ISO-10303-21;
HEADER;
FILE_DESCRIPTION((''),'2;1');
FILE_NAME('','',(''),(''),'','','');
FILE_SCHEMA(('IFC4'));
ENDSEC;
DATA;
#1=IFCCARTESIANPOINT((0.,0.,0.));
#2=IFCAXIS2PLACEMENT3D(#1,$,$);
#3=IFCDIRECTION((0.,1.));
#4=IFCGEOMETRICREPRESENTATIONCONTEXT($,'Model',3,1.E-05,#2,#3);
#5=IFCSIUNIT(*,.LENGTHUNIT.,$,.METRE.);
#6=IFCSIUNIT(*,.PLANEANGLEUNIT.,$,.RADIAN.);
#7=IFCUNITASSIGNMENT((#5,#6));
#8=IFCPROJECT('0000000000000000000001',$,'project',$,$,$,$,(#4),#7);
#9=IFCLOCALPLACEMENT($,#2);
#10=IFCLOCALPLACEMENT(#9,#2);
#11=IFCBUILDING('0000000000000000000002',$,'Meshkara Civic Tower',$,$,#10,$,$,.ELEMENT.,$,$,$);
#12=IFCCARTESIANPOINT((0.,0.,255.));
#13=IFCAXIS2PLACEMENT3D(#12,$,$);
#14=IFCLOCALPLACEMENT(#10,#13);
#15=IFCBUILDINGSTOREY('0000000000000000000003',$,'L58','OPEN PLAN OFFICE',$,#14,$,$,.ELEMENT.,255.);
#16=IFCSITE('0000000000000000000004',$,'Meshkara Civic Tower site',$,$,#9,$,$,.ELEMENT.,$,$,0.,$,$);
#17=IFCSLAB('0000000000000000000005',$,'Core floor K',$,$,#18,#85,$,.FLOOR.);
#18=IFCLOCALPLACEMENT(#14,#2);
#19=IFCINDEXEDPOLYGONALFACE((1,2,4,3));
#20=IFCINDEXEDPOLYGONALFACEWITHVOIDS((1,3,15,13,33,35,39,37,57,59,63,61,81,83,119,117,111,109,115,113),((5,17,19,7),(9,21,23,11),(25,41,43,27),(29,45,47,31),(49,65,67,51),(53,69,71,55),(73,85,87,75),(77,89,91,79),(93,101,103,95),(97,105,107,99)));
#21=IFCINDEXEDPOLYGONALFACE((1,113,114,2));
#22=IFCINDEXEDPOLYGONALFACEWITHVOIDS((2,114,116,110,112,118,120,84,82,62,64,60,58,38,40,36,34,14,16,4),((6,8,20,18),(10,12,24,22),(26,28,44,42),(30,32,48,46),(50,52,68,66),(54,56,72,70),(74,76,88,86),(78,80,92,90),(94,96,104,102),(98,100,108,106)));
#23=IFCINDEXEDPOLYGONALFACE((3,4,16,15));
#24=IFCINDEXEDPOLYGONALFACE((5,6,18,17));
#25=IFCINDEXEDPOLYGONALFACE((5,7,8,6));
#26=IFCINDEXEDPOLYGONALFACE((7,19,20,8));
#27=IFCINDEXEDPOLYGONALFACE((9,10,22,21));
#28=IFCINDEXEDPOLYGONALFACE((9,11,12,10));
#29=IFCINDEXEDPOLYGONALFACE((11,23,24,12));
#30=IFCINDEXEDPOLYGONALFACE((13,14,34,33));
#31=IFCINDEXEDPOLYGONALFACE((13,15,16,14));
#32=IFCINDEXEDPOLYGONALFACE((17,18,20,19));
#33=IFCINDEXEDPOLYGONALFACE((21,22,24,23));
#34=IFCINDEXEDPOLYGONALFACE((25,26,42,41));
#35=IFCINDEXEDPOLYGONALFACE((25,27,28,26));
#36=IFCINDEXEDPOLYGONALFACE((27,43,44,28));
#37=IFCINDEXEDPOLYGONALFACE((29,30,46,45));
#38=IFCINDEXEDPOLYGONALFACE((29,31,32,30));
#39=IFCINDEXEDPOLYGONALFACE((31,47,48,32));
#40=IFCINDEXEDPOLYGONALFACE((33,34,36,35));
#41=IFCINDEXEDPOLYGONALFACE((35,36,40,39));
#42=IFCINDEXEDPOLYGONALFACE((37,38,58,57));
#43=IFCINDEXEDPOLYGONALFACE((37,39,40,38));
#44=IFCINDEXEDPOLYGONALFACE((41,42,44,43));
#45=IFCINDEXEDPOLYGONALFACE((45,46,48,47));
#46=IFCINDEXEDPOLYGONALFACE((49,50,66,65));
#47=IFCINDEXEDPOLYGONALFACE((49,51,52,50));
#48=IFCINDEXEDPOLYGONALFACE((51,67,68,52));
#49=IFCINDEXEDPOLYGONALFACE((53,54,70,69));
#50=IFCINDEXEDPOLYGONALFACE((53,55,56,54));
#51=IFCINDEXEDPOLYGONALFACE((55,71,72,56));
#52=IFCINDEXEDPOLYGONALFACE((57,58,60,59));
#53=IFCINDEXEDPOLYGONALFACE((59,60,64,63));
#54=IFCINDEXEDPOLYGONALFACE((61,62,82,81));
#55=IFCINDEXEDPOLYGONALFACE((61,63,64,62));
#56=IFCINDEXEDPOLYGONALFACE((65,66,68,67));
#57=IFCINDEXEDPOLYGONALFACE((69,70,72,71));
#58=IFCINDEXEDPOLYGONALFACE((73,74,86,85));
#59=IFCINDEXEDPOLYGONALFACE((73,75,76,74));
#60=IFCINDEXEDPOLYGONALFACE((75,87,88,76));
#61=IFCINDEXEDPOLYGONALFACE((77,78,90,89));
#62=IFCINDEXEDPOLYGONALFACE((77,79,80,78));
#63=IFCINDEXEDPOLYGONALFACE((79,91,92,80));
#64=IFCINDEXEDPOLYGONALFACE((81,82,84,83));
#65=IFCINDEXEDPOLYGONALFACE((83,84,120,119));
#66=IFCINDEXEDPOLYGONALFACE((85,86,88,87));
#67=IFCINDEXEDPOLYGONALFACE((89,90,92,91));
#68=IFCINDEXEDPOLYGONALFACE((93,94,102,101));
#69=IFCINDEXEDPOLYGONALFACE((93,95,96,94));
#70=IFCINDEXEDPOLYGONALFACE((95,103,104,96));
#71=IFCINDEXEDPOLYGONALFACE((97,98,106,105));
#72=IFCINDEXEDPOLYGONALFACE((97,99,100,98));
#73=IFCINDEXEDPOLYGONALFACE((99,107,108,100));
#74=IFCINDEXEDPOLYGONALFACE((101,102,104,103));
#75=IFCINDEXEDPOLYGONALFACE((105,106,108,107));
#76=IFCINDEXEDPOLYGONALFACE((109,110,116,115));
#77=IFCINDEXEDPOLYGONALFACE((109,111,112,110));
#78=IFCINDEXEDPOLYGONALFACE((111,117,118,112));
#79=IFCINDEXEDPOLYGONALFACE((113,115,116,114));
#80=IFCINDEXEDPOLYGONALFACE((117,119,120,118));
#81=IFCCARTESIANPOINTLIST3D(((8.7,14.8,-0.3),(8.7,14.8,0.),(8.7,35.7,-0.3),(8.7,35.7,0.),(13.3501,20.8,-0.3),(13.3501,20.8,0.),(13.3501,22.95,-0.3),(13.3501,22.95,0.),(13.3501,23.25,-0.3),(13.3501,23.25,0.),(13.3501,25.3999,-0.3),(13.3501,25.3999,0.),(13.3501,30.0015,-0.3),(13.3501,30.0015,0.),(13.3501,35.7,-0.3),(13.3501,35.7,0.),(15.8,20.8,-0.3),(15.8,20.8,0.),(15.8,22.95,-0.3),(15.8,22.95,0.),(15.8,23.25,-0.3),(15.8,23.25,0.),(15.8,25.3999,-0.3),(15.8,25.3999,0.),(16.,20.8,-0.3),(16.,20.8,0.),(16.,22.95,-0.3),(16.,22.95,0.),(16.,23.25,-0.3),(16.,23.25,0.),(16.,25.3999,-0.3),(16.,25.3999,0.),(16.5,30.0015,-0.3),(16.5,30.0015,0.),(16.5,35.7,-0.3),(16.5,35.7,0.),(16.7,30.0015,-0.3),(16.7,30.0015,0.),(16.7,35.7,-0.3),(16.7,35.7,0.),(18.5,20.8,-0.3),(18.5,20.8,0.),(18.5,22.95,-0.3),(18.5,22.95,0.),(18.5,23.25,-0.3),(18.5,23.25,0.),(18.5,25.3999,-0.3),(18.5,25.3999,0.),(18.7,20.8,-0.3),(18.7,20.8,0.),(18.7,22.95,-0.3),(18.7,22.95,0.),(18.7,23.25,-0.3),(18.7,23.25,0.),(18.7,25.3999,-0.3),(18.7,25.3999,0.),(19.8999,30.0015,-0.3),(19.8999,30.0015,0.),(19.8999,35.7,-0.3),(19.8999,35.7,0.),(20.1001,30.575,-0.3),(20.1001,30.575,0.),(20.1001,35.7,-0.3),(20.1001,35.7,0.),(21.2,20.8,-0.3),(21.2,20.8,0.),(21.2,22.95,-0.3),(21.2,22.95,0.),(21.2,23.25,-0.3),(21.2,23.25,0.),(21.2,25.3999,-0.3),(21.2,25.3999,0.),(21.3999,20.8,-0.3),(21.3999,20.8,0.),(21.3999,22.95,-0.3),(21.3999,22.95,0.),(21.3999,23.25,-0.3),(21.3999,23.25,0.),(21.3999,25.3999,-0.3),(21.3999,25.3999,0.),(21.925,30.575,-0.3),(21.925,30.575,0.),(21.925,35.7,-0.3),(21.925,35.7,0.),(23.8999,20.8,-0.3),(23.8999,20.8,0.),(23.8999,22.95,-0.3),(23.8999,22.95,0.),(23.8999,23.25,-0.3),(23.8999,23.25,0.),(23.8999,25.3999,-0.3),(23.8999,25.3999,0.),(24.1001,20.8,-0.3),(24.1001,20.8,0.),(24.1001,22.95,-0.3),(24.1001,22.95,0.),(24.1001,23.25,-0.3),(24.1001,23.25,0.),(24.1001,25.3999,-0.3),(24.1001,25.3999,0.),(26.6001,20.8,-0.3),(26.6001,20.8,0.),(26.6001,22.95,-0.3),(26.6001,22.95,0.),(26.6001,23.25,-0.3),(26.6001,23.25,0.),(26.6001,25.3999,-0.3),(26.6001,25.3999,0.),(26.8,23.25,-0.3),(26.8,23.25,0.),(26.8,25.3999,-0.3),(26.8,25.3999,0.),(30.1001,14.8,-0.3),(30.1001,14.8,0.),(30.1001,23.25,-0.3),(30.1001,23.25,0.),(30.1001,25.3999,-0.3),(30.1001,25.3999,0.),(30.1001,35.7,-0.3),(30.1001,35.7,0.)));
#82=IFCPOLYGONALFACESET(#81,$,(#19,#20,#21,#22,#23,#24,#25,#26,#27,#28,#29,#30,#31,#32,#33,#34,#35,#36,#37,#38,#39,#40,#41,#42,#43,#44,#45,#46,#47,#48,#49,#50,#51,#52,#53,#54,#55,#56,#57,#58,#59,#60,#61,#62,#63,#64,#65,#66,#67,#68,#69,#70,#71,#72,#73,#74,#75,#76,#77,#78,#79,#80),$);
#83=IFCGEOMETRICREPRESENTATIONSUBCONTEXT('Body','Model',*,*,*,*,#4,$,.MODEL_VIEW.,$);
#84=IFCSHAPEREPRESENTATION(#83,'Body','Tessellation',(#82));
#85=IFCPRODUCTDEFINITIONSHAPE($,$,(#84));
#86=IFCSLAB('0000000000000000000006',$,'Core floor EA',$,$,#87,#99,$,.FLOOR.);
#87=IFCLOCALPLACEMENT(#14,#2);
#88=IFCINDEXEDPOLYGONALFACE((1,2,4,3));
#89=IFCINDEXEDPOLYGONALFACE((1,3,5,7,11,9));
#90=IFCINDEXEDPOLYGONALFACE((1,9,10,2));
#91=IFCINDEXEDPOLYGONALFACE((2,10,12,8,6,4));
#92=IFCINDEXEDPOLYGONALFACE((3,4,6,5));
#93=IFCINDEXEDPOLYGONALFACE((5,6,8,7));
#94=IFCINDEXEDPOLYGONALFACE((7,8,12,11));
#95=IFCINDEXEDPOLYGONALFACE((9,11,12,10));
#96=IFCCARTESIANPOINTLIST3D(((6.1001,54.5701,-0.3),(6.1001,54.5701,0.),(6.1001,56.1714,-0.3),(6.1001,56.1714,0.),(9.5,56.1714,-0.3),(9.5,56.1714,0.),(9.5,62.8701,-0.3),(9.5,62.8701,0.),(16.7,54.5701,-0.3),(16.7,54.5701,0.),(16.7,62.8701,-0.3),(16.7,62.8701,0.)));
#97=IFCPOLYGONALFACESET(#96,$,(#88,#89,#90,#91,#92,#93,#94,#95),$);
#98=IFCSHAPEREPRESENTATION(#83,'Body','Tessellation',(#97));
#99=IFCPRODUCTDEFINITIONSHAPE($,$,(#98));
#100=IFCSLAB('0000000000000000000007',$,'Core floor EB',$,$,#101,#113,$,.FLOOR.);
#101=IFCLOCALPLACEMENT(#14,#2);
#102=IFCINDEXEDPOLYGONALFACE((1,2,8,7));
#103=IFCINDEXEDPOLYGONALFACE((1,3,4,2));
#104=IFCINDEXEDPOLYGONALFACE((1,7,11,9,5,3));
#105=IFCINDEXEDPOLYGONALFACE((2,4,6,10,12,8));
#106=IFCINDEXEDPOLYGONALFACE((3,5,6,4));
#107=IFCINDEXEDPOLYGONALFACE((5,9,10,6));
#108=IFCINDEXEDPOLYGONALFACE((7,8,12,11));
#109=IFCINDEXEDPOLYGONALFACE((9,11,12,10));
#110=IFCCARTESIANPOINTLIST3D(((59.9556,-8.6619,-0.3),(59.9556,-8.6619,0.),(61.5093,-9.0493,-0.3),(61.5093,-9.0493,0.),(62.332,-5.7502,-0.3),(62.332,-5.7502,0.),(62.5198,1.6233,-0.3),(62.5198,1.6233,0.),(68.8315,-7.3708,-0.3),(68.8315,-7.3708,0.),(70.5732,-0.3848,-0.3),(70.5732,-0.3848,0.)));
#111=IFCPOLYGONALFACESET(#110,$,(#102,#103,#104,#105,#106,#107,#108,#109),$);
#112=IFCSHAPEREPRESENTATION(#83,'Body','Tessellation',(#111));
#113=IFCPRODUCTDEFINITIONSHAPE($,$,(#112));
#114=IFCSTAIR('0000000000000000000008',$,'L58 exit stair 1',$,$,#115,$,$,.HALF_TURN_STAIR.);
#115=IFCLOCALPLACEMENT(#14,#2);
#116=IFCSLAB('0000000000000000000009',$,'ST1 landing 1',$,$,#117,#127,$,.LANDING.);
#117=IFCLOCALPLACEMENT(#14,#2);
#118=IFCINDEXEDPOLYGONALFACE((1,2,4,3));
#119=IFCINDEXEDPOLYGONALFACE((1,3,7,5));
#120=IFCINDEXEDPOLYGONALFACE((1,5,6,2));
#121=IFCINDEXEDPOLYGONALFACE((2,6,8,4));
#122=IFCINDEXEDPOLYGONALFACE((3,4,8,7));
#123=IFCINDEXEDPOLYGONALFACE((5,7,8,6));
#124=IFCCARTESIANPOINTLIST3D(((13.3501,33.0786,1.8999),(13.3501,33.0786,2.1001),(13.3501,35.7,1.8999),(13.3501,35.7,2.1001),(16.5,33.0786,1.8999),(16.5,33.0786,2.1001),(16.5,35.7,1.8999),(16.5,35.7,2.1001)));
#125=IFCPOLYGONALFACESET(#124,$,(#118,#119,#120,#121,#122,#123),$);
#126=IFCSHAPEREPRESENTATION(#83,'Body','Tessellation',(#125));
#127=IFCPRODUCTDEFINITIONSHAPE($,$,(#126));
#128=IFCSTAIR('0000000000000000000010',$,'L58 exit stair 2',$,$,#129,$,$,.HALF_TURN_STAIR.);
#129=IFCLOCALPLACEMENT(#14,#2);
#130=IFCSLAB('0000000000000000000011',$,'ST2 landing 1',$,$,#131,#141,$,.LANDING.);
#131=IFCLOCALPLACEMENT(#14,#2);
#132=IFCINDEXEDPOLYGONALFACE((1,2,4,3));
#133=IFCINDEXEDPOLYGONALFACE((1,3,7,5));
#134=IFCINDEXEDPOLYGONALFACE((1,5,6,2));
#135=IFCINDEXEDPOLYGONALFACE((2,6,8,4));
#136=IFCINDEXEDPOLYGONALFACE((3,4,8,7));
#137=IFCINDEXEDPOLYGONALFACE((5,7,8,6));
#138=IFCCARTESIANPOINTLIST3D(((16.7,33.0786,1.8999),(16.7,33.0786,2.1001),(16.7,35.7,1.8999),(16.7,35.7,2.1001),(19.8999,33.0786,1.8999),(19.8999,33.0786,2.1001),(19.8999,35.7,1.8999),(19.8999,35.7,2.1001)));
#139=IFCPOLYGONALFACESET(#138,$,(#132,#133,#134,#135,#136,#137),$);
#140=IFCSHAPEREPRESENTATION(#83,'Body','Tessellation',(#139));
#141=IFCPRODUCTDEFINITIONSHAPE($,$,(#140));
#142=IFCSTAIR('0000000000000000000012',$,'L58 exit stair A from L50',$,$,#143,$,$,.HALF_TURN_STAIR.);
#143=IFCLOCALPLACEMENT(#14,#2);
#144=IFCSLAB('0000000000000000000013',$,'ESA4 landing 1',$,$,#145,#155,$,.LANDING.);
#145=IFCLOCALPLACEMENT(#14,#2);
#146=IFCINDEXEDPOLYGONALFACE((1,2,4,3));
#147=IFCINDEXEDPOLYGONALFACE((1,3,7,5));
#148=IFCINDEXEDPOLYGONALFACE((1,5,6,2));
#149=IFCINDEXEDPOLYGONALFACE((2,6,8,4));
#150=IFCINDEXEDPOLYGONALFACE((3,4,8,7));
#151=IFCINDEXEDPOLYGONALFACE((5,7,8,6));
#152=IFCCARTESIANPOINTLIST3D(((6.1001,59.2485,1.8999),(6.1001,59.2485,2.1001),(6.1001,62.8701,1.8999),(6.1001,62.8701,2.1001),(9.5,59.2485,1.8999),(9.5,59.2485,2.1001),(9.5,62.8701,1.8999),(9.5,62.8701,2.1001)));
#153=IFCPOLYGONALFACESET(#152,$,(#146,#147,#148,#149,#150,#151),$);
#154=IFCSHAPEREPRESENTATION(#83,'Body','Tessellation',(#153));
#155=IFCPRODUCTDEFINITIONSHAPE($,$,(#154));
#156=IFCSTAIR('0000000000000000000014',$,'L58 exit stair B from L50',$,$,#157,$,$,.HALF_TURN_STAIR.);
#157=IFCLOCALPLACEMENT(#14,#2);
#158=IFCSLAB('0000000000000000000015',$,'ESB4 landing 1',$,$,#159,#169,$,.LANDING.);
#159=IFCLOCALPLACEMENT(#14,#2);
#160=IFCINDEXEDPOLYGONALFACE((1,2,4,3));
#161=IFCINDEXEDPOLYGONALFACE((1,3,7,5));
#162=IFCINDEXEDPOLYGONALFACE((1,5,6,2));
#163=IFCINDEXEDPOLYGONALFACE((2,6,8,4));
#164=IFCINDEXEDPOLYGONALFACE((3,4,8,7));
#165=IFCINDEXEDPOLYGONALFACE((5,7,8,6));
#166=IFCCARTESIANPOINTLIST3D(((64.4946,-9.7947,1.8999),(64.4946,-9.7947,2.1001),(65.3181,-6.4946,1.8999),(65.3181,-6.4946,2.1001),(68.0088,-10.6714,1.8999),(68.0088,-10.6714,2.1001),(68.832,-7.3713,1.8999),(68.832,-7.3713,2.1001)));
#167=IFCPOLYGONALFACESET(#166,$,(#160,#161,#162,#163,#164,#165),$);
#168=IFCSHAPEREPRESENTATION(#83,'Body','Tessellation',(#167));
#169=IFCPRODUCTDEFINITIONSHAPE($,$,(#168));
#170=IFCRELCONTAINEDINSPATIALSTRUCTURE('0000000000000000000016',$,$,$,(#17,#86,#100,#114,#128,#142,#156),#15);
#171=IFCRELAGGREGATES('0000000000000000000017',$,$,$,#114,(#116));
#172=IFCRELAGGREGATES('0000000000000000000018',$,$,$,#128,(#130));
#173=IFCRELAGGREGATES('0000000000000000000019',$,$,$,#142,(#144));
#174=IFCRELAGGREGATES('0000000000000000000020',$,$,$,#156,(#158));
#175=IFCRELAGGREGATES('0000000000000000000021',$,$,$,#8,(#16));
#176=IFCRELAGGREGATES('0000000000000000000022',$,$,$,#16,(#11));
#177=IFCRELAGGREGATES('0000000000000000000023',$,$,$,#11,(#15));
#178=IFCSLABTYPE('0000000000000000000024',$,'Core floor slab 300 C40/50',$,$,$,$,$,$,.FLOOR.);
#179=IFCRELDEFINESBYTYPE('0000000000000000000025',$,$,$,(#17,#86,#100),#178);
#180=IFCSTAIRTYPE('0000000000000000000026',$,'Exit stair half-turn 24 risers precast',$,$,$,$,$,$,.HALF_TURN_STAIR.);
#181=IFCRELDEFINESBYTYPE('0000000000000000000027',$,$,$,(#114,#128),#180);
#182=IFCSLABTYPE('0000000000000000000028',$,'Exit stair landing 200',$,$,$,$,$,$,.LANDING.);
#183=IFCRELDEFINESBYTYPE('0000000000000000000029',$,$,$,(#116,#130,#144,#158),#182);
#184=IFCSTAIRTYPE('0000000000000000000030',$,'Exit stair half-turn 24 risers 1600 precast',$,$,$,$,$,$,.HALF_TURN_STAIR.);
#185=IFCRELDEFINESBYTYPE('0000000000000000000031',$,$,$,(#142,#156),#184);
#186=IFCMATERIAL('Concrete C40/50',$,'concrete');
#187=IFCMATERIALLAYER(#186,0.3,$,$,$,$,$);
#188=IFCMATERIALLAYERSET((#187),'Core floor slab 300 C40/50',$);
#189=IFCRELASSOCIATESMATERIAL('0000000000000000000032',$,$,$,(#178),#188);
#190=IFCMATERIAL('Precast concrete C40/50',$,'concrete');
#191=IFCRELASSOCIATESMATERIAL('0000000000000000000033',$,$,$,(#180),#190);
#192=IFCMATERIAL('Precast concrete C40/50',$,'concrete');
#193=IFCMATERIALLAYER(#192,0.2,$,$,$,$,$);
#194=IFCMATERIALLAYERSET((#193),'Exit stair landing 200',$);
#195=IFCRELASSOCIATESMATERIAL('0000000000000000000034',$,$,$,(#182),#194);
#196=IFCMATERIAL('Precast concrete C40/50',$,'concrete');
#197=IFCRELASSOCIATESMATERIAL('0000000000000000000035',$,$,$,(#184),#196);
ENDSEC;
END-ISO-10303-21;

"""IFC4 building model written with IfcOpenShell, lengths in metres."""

from ifc_helpers import new_model, si_unit, direction, frame, origin, place, context, subcontext, project, spatial, polyline, outline, extrude, material, layer, layer_set, type_object, element, aggregate, save


model = new_model("IFC4")

# Units and contexts
model_context = context("Model", 3, precision=1e-05, world=origin(), true_north=direction((0.0, 1.0)))
body_context = subcontext(model_context, "Body", "Model", "MODEL_VIEW")
ifc_project = project(units=[si_unit("LENGTHUNIT", "METRE"), si_unit("PLANEANGLEUNIT", "RADIAN")], contexts=[model_context])

# Site, building, storey
site_placement = place(None, origin())
site = spatial("IfcSite", under=ifc_project, at=site_placement, Name="Meshkara Civic Tower site", CompositionType="ELEMENT", RefElevation=0.0)
building_placement = place(site_placement, origin())
building = spatial("IfcBuilding", under=site, at=building_placement, Name="Meshkara Civic Tower", CompositionType="ELEMENT")
storey_placement = place(building_placement, frame((0.0, 0.0, 255.0)))
storey = spatial("IfcBuildingStorey", under=building, at=storey_placement, Name="L58", Description="OPEN PLAN OFFICE", CompositionType="ELEMENT", Elevation=255.0)

# Slabs
ifc_material_1 = material(Name="Concrete C40/50", Category="concrete")
ifc_layer_1 = layer(ifc_material_1, 0.3)
ifc_layer_set_1 = layer_set([ifc_layer_1], Name="Core floor slab 300 C40/50")
slab_type_1 = type_object("IfcSlabType", Name="Core floor slab 300 C40/50", PredefinedType="FLOOR", material=ifc_layer_set_1)
slab_1_placement = place(storey_placement, frame((0.0, 0.0, -0.3)))
element("IfcSlab", 1, at=slab_1_placement, inside=storey, type_object=slab_type_1, Name="Core floor K", PredefinedType="FLOOR", context=body_context, shape_type="SweptSolid", body=[
    extrude(outline(polyline([(8.7, 35.7), (13.3501, 35.7), (13.3501, 30.0015), (16.5, 30.0015), (16.5, 35.7), (16.7, 35.7), (16.7, 30.0015), (19.8999, 30.0015), (19.8999, 35.7), (20.1001, 35.7), (20.1001, 30.575), (21.925, 30.575), (21.925, 35.7), (30.1001, 35.7), (30.1001, 25.3999), (26.8, 25.3999), (26.8, 23.25), (30.1001, 23.25), (30.1001, 14.8), (8.7, 14.8), (8.7, 35.7)]), holes=[polyline([(15.8, 22.95), (13.3501, 22.95), (13.3501, 20.8), (15.8, 20.8), (15.8, 22.95)]), polyline([(16.0, 22.95), (16.0, 20.8), (18.5, 20.8), (18.5, 22.95), (16.0, 22.95)]), polyline([(18.7, 22.95), (18.7, 20.8), (21.2, 20.8), (21.2, 22.95), (18.7, 22.95)]), polyline([(15.8, 23.25), (15.8, 25.3999), (13.3501, 25.3999), (13.3501, 23.25), (15.8, 23.25)]), polyline([(16.0, 25.3999), (16.0, 23.25), (18.5, 23.25), (18.5, 25.3999), (16.0, 25.3999)]), polyline([(23.8999, 20.8), (23.8999, 22.95), (21.3999, 22.95), (21.3999, 20.8), (23.8999, 20.8)]), polyline([(24.1001, 20.8), (26.6001, 20.8), (26.6001, 22.95), (24.1001, 22.95), (24.1001, 20.8)]), polyline([(18.7, 25.3999), (18.7, 23.25), (21.2, 23.25), (21.2, 25.3999), (18.7, 25.3999)]), polyline([(21.3999, 23.25), (23.8999, 23.25), (23.8999, 25.3999), (21.3999, 25.3999), (21.3999, 23.25)]), polyline([(24.1001, 23.25), (26.6001, 23.25), (26.6001, 25.3999), (24.1001, 25.3999), (24.1001, 23.25)])]), origin(), (0.0, 0.0, 1.0), 0.3),
])
slab_2_placement = place(storey_placement, frame((0.0, 0.0, -0.3)))
element("IfcSlab", 2, at=slab_2_placement, inside=storey, type_object=slab_type_1, Name="Core floor EA", PredefinedType="FLOOR", context=body_context, shape_type="SweptSolid", body=[
    extrude(outline(polyline([(16.7, 54.5701), (16.7, 62.8701), (9.5, 62.8701), (9.5, 56.1714), (6.1001, 56.1714), (6.1001, 54.5701), (16.7, 54.5701)])), origin(), (0.0, 0.0, 1.0), 0.3),
])
slab_3_placement = place(storey_placement, frame((0.0, 0.0, -0.3)))
element("IfcSlab", 3, at=slab_3_placement, inside=storey, type_object=slab_type_1, Name="Core floor EB", PredefinedType="FLOOR", context=body_context, shape_type="SweptSolid", body=[
    extrude(outline(polyline([(62.5198, 1.6233), (70.5732, -0.3848), (68.8315, -7.3708), (62.332, -5.7502), (61.5093, -9.0493), (59.9556, -8.6619), (62.5198, 1.6233)])), origin(), (0.0, 0.0, 1.0), 0.3),
])

# Stairs, slabs
ifc_material_2 = material(Name="Precast concrete C40/50", Category="concrete")
stair_type_1 = type_object("IfcStairType", Name="Exit stair half-turn 24 risers precast", PredefinedType="HALF_TURN_STAIR", material=ifc_material_2)
stair_1_placement = place(storey_placement, origin())
stair_1 = element("IfcStair", 4, at=stair_1_placement, inside=storey, type_object=stair_type_1, Name="L58 exit stair 1", PredefinedType="HALF_TURN_STAIR")
ifc_material_3 = material(Name="Precast concrete C40/50", Category="concrete")
ifc_layer_2 = layer(ifc_material_3, 0.2)
ifc_layer_set_2 = layer_set([ifc_layer_2], Name="Exit stair landing 200")
slab_type_2 = type_object("IfcSlabType", Name="Exit stair landing 200", PredefinedType="LANDING", material=ifc_layer_set_2)
slab_4_placement = place(storey_placement, frame((0.0, 0.0, 1.8999)))
slab_4 = element("IfcSlab", 5, at=slab_4_placement, type_object=slab_type_2, Name="ST1 landing 1", PredefinedType="LANDING", context=body_context, shape_type="SweptSolid", body=[
    extrude(outline(polyline([(16.5, 33.0786), (16.5, 35.7), (13.3501, 35.7), (13.3501, 33.0786), (16.5, 33.0786)])), origin(), (0.0, 0.0, 1.0), 0.2002),
])
aggregate(stair_1, [slab_4])
stair_2_placement = place(storey_placement, origin())
stair_2 = element("IfcStair", 6, at=stair_2_placement, inside=storey, type_object=stair_type_1, Name="L58 exit stair 2", PredefinedType="HALF_TURN_STAIR")
slab_5_placement = place(storey_placement, frame((0.0, 0.0, 1.8999)))
slab_5 = element("IfcSlab", 7, at=slab_5_placement, type_object=slab_type_2, Name="ST2 landing 1", PredefinedType="LANDING", context=body_context, shape_type="SweptSolid", body=[
    extrude(outline(polyline([(19.8999, 33.0786), (19.8999, 35.7), (16.7, 35.7), (16.7, 33.0786), (19.8999, 33.0786)])), origin(), (0.0, 0.0, 1.0), 0.2002),
])
aggregate(stair_2, [slab_5])
ifc_material_4 = material(Name="Precast concrete C40/50", Category="concrete")
stair_type_2 = type_object("IfcStairType", Name="Exit stair half-turn 24 risers 1600 precast", PredefinedType="HALF_TURN_STAIR", material=ifc_material_4)
stair_3_placement = place(storey_placement, origin())
stair_3 = element("IfcStair", 8, at=stair_3_placement, inside=storey, type_object=stair_type_2, Name="L58 exit stair A from L50", PredefinedType="HALF_TURN_STAIR")
slab_6_placement = place(storey_placement, frame((0.0, 0.0, 1.8999)))
slab_6 = element("IfcSlab", 9, at=slab_6_placement, type_object=slab_type_2, Name="ESA4 landing 1", PredefinedType="LANDING", context=body_context, shape_type="SweptSolid", body=[
    extrude(outline(polyline([(9.5, 59.2485), (9.5, 62.8701), (6.1001, 62.8701), (6.1001, 59.2485), (9.5, 59.2485)])), origin(), (0.0, 0.0, 1.0), 0.2002),
])
aggregate(stair_3, [slab_6])
stair_4_placement = place(storey_placement, origin())
stair_4 = element("IfcStair", 10, at=stair_4_placement, inside=storey, type_object=stair_type_2, Name="L58 exit stair B from L50", PredefinedType="HALF_TURN_STAIR")
slab_7_placement = place(storey_placement, frame((0.0, 0.0, 1.8999)))
slab_7 = element("IfcSlab", 11, at=slab_7_placement, type_object=slab_type_2, Name="ESB4 landing 1", PredefinedType="LANDING", context=body_context, shape_type="SweptSolid", body=[
    extrude(outline(polyline([(64.4946, -9.7947), (68.0088, -10.6714), (68.832, -7.3713), (65.3181, -6.4946), (64.4946, -9.7947)])), origin(), (0.0, 0.0, 1.0), 0.2002),
])
aggregate(stair_4, [slab_7])

save(model, "model.ifc")
